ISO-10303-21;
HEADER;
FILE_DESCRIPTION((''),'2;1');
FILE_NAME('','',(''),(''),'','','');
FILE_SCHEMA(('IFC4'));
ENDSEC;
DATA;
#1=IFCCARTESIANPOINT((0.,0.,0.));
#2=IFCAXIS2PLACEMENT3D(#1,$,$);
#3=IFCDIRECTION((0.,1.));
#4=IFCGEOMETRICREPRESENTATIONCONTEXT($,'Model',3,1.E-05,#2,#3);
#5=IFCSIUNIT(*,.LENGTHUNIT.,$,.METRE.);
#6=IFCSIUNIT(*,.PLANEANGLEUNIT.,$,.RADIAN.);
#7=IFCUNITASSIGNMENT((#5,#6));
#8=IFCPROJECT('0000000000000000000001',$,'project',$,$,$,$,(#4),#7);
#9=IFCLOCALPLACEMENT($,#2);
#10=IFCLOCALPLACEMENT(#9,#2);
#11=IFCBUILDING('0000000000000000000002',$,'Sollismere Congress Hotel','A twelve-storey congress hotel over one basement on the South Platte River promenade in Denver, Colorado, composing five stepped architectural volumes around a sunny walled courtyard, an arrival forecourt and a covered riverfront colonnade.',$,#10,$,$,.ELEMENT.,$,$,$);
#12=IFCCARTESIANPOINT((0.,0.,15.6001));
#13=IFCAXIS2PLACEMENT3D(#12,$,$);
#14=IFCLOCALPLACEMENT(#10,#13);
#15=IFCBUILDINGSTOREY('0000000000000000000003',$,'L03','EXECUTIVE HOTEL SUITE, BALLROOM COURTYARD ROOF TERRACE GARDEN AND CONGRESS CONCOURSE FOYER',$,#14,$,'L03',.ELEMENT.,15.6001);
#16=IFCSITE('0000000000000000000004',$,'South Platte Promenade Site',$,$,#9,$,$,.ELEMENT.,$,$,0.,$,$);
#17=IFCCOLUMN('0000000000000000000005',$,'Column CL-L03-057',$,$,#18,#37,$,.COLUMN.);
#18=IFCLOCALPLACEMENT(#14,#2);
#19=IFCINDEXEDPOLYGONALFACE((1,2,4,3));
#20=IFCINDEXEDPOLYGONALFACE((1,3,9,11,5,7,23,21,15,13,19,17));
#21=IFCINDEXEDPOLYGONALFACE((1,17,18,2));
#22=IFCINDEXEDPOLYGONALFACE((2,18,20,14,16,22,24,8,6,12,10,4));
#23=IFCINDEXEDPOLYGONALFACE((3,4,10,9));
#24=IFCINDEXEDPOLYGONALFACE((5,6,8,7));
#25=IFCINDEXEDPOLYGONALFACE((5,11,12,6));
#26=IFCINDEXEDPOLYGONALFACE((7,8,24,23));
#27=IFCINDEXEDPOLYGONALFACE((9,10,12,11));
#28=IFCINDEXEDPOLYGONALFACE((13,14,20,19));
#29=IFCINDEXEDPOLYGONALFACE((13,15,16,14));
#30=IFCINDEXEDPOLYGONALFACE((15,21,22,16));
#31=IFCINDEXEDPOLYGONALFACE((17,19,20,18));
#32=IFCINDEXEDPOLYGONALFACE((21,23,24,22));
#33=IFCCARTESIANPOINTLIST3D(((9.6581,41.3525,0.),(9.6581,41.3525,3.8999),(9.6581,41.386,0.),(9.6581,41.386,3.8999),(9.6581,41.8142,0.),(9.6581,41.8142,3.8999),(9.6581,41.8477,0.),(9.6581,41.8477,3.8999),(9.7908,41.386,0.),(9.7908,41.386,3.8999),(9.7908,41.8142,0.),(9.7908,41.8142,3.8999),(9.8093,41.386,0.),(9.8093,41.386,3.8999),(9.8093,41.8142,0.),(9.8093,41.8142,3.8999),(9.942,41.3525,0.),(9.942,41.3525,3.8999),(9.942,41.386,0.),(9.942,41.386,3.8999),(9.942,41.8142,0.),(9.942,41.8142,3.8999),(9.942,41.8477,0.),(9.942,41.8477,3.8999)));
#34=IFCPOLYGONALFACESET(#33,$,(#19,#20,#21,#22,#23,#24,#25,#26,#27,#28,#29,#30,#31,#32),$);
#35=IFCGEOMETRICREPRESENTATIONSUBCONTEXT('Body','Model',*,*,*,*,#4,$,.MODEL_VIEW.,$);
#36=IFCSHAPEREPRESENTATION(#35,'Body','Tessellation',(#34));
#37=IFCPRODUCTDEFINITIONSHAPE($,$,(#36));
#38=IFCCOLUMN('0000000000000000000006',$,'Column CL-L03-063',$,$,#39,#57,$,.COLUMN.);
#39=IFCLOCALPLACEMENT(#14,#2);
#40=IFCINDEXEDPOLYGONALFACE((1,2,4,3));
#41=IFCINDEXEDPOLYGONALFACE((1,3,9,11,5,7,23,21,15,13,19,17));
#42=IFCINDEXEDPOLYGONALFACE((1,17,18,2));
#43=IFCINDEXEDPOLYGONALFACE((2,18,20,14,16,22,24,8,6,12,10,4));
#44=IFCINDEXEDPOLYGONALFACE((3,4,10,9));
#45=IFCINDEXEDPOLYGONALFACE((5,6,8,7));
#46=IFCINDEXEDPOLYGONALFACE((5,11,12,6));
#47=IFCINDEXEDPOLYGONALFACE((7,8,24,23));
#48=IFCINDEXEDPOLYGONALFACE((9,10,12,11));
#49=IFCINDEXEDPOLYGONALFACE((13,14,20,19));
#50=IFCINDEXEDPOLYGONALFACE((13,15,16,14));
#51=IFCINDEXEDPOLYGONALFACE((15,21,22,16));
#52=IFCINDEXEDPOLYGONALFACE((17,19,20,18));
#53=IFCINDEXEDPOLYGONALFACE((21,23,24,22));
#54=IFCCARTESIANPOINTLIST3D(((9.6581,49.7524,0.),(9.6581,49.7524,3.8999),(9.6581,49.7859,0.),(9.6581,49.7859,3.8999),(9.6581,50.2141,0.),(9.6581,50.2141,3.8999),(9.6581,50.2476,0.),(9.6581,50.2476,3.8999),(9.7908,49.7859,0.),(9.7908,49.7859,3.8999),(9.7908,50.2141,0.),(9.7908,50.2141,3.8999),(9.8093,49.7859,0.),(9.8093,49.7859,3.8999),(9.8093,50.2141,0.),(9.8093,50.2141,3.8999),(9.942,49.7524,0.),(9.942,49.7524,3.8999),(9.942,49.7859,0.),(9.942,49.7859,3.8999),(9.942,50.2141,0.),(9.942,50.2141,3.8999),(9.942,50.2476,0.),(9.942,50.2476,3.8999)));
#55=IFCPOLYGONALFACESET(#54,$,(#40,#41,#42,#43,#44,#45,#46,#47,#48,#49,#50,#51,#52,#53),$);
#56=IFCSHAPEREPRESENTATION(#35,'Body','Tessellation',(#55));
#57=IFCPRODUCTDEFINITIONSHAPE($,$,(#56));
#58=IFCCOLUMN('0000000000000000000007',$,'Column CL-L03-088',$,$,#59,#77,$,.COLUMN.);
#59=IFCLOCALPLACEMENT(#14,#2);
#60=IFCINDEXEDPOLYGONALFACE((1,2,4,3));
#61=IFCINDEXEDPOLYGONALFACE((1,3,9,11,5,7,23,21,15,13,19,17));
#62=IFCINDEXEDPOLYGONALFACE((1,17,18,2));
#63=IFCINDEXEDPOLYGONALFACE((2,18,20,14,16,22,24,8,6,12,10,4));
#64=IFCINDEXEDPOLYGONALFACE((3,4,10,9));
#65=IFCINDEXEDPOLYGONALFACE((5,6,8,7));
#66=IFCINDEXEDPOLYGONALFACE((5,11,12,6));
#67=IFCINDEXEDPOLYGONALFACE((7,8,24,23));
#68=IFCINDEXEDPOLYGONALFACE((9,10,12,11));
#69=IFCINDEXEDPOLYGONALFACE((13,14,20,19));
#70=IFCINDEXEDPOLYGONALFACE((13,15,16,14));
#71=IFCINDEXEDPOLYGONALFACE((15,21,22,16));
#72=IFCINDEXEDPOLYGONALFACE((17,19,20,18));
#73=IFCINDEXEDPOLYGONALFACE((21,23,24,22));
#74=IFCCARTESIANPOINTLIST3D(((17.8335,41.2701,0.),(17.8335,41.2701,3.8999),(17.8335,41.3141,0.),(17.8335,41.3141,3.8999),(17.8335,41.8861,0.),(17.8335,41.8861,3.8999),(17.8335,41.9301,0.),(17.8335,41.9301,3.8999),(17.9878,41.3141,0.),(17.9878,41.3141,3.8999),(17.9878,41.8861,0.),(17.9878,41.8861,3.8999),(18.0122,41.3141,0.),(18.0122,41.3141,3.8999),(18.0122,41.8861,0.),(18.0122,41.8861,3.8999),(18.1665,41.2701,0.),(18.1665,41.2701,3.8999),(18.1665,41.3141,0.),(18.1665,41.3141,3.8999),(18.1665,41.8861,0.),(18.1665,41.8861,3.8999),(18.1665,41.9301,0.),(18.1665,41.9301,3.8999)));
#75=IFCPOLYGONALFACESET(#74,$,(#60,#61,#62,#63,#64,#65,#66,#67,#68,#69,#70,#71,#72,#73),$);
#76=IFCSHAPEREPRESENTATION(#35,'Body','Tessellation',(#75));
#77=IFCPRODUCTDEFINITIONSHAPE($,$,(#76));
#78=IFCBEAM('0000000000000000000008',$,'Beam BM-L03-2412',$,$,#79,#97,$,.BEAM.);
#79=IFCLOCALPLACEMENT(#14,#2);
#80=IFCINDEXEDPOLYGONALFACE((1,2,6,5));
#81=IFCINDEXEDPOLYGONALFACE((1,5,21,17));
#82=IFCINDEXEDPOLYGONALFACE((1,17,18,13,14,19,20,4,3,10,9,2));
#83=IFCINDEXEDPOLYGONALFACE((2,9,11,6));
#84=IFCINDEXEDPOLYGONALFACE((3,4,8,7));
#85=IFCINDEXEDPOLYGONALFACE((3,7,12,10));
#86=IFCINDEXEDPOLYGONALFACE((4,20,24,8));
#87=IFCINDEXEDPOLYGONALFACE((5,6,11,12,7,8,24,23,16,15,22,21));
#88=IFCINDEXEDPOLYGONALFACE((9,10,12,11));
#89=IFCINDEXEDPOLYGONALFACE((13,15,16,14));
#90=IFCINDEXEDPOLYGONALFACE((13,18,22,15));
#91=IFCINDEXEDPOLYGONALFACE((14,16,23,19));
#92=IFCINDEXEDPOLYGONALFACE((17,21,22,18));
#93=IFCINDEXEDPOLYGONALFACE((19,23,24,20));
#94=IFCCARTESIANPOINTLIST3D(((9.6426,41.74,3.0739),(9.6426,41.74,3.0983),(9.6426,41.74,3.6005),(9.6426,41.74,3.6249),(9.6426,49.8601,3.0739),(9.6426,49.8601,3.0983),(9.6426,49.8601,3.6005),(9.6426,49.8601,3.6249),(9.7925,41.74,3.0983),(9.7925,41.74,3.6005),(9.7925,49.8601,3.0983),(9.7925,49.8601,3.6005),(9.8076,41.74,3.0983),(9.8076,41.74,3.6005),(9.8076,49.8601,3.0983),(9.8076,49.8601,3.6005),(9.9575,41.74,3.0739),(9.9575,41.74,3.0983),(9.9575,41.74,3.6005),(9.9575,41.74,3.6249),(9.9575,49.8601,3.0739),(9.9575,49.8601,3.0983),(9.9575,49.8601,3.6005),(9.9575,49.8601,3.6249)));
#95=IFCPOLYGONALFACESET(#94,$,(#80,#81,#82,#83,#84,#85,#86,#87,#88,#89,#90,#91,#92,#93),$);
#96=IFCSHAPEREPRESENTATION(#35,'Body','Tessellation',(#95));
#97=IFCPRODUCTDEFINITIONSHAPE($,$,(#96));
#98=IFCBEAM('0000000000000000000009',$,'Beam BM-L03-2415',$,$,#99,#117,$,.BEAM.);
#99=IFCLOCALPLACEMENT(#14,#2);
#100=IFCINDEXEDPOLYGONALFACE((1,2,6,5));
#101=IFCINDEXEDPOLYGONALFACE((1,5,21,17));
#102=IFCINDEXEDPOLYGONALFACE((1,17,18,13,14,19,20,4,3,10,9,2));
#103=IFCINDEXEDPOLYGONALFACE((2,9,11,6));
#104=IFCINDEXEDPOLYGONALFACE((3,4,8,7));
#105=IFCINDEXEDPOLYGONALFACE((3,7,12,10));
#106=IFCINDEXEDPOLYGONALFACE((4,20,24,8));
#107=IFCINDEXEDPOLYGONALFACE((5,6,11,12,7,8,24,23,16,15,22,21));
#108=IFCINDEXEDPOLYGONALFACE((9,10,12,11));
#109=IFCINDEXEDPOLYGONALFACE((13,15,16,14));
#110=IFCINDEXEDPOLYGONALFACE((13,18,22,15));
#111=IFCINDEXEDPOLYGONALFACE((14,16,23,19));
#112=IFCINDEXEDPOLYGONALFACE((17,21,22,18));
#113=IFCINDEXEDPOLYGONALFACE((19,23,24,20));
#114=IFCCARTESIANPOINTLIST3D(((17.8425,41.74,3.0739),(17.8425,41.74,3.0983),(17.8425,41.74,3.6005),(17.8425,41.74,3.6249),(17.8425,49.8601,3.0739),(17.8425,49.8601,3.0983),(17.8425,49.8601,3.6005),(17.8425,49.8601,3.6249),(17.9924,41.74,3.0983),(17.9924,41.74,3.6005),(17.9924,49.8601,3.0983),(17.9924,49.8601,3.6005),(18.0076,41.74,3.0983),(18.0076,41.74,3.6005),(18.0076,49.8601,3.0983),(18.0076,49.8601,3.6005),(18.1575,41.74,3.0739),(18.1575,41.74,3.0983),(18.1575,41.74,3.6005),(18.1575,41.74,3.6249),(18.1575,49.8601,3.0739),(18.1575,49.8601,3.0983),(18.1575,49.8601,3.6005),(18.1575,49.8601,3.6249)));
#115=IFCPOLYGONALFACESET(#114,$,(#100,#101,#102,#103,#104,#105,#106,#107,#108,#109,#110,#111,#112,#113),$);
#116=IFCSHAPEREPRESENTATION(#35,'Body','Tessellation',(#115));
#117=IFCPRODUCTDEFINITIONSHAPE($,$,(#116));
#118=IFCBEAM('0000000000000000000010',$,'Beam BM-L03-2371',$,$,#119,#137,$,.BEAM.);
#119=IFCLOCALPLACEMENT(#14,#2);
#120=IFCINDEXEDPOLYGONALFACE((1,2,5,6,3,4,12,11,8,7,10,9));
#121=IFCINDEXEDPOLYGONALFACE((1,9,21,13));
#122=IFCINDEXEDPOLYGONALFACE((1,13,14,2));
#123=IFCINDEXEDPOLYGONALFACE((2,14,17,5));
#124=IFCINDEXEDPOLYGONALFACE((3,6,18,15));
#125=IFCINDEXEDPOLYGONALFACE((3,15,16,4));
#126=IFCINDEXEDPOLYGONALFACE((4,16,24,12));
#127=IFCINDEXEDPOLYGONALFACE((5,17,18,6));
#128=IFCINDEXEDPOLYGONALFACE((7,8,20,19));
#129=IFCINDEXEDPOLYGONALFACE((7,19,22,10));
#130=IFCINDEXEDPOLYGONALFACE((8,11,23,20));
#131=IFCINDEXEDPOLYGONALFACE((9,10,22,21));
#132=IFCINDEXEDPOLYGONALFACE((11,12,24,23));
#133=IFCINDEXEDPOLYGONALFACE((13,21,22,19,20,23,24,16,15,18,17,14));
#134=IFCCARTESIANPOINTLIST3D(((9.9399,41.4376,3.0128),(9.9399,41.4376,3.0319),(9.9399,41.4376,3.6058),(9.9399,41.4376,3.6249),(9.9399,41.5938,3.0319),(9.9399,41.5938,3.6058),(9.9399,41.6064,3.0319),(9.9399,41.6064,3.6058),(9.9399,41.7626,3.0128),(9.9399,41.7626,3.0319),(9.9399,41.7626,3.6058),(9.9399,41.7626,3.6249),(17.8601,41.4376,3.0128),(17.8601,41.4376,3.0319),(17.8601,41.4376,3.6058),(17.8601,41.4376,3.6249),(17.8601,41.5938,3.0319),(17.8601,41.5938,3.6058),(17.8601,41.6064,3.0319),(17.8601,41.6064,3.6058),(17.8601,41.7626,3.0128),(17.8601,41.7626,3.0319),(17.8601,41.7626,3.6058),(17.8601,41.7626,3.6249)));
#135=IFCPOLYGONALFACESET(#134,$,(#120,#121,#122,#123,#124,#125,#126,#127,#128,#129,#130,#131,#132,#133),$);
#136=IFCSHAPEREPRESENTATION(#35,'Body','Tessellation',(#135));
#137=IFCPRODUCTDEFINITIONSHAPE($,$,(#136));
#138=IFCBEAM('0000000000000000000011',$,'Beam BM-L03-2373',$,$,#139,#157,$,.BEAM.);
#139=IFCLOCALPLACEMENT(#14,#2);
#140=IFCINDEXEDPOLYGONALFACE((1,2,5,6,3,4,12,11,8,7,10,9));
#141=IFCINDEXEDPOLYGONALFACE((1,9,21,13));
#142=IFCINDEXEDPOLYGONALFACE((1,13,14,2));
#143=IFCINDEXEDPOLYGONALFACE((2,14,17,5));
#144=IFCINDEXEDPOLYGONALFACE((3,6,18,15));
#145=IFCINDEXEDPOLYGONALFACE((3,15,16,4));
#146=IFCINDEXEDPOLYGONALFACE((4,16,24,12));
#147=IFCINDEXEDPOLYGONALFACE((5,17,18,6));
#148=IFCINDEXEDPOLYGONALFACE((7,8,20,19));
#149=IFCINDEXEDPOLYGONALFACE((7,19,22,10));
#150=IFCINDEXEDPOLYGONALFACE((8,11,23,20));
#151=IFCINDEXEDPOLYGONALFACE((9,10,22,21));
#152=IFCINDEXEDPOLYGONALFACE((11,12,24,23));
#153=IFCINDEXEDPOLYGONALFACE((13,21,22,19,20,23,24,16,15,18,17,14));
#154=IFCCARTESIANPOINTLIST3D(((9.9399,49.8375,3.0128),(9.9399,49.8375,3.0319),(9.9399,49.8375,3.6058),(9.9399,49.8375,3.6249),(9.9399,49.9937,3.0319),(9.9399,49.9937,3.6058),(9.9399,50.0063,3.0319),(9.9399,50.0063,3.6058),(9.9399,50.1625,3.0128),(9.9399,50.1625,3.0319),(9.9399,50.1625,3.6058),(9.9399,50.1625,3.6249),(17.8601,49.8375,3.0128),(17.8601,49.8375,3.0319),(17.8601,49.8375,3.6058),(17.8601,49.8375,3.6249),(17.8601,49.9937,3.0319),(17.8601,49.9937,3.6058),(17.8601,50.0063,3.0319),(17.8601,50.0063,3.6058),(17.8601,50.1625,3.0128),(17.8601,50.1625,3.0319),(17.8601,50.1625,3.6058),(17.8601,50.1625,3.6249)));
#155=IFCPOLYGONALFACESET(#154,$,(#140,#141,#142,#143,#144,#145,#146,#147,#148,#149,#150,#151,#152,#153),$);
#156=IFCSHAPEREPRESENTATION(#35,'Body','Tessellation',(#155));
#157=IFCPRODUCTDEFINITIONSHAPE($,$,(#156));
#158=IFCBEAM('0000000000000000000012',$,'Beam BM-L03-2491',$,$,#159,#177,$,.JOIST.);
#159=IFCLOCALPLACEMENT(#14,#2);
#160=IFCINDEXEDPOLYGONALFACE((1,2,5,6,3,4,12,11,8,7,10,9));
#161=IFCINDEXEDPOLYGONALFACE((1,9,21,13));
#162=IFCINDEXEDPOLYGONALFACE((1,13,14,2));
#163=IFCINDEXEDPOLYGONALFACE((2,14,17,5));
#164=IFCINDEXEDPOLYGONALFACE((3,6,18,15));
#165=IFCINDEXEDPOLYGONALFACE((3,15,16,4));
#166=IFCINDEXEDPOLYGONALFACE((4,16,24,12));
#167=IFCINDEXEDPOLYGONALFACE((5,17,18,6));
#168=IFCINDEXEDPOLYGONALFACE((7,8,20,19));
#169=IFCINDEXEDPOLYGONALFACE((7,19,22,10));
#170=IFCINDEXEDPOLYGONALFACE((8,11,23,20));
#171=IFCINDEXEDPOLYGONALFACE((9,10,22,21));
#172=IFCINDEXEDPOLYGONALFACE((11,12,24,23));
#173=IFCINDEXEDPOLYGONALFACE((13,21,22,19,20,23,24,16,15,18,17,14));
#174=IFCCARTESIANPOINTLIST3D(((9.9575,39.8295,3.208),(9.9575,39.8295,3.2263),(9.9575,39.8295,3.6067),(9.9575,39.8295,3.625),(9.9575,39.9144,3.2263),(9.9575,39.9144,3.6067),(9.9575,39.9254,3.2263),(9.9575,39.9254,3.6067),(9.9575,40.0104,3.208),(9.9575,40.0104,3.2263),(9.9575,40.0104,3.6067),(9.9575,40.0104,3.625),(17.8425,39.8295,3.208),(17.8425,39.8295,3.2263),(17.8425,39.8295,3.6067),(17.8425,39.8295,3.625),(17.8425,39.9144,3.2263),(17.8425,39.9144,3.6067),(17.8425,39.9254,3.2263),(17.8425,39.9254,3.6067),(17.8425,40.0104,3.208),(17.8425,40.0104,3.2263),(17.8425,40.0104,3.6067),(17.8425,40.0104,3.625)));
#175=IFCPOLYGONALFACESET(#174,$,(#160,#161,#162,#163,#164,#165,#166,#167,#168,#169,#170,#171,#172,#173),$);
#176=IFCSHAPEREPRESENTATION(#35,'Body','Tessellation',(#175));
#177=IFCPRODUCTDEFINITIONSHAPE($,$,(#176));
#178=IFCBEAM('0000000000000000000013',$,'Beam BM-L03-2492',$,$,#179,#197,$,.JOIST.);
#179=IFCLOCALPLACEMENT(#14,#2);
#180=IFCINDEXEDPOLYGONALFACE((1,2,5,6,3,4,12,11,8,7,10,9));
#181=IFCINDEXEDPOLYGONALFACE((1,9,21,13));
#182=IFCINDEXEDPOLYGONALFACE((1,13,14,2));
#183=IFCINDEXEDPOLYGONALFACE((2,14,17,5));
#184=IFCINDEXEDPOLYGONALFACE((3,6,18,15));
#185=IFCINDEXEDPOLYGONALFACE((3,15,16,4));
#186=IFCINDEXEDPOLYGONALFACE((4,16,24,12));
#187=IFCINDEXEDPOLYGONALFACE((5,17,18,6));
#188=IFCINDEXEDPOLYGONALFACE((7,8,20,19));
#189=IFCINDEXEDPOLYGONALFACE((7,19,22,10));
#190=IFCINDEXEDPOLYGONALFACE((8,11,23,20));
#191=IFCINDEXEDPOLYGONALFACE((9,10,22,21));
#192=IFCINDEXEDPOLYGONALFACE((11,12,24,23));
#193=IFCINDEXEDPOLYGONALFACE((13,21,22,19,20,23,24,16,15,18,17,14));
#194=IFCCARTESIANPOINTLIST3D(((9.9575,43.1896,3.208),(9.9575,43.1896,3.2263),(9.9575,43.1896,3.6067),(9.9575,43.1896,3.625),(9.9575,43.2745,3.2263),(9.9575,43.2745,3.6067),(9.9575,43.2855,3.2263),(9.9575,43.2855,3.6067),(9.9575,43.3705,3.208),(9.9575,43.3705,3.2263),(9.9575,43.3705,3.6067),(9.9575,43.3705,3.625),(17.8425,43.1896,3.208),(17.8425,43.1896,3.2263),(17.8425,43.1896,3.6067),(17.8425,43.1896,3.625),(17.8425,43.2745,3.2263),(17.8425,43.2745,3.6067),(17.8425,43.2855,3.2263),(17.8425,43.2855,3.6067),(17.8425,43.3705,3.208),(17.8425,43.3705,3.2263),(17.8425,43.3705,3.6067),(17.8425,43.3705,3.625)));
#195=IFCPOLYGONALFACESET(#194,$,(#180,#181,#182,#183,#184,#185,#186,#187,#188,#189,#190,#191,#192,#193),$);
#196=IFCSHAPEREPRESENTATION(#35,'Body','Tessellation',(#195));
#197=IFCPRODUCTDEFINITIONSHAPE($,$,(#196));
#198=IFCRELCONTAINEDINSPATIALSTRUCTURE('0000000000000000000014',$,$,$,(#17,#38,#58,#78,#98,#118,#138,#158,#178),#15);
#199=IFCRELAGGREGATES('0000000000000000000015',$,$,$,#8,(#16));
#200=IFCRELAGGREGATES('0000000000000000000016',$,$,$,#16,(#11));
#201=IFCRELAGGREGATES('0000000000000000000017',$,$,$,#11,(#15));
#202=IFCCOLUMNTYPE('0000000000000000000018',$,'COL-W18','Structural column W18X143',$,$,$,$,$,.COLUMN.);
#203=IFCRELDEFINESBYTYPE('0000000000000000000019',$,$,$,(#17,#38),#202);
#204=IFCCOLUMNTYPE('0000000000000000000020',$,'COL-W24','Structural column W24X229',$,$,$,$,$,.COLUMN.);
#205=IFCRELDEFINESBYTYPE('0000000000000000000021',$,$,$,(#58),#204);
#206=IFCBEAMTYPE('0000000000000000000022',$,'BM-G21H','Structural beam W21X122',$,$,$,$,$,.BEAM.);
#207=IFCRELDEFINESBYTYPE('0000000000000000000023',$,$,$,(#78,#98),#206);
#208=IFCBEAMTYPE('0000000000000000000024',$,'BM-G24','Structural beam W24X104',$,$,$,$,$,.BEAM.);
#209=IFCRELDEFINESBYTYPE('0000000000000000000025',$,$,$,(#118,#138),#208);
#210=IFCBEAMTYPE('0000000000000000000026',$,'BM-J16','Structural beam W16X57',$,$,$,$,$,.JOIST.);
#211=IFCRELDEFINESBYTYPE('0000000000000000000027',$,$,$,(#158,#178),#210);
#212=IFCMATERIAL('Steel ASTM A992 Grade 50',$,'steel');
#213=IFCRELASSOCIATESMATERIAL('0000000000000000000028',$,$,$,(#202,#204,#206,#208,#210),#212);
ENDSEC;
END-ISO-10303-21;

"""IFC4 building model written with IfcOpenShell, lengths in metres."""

from ifc_helpers import new_model, si_unit, direction, frame, origin, origin_2d, place, context, subcontext, project, spatial, i_section, extrude, material, material_profile, profile_set, type_object, element, save


model = new_model("IFC4")

# Units and contexts
model_context = context("Model", 3, precision=1e-05, world=origin(), true_north=direction((0.0, 1.0)))
body_context = subcontext(model_context, "Body", "Model", "MODEL_VIEW")
ifc_project = project(units=[si_unit("LENGTHUNIT", "METRE"), si_unit("PLANEANGLEUNIT", "RADIAN")], contexts=[model_context])

# Site, building, storey
site_placement = place(None, origin())
site = spatial("IfcSite", under=ifc_project, at=site_placement, Name="South Platte Promenade Site", CompositionType="ELEMENT", RefElevation=0.0)
building_placement = place(site_placement, origin())
building = spatial("IfcBuilding", under=site, at=building_placement, Name="Sollismere Congress Hotel", Description="A twelve-storey congress hotel over one basement on the South Platte River promenade in Denver, Colorado, composing five stepped architectural volumes around a sunny walled courtyard, an arrival forecourt and a covered riverfront colonnade.", CompositionType="ELEMENT")
storey_placement = place(building_placement, frame((0.0, 0.0, 15.6001)))
storey = spatial("IfcBuildingStorey", under=building, at=storey_placement, Name="L03", Description="EXECUTIVE HOTEL SUITE, BALLROOM COURTYARD ROOF TERRACE GARDEN AND CONGRESS CONCOURSE FOYER", LongName="L03", CompositionType="ELEMENT", Elevation=15.6001)

# Columns
ifc_material_1 = material(Name="Steel ASTM A992 Grade 50", Category="steel")
ifc_material_profile_1 = material_profile(ifc_material_1, i_section(OverallWidth=0.2839, OverallDepth=0.4951, WebThickness=0.0186, FlangeThickness=0.0334, at=origin_2d()), Name="W18X143")
ifc_profile_set_1 = profile_set([ifc_material_profile_1], Name="Steel ASTM A992 Grade 50")
column_type_1 = type_object("IfcColumnType", Name="COL-W18", Description="Structural column W18X143", PredefinedType="COLUMN", material=ifc_profile_set_1)
for number, where, z_axis, x_axis, name in (
    (1, (9.8, 41.6001, 0.0), (0.0, 0.0, 1.0), (1.0, 0.0, 0.0), "Column CL-L03-057"),
    (2, (9.8, 50.0, 0.0), (0.0, 0.0, 1.0), (1.0, 0.0, 0.0), "Column CL-L03-063"),
):
    element("IfcColumn", number, at=place(storey_placement, frame(where, z_axis=z_axis, x_axis=x_axis)), inside=storey, type_object=column_type_1, Name=name, PredefinedType="COLUMN", context=body_context, shape_type="SweptSolid", body=[
        extrude(i_section(OverallWidth=0.2839, OverallDepth=0.4951, WebThickness=0.0186, FlangeThickness=0.0334, at=origin_2d()), origin(), (0.0, 0.0, 1.0), 3.8999),
    ])
ifc_material_profile_2 = material_profile(ifc_material_1, i_section(OverallWidth=0.333, OverallDepth=0.6599, WebThickness=0.0244, FlangeThickness=0.0439, at=origin_2d()), Name="W24X229")
ifc_profile_set_2 = profile_set([ifc_material_profile_2], Name="Steel ASTM A992 Grade 50")
column_type_2 = type_object("IfcColumnType", Name="COL-W24", Description="Structural column W24X229", PredefinedType="COLUMN", material=ifc_profile_set_2)
column_placement = place(storey_placement, frame((18.0, 41.6001, 0.0), z_axis=(0.0, 0.0, 1.0), x_axis=(1.0, 0.0, 0.0)))
element("IfcColumn", 3, at=column_placement, inside=storey, type_object=column_type_2, Name="Column CL-L03-088", PredefinedType="COLUMN", context=body_context, shape_type="SweptSolid", body=[
    extrude(i_section(OverallWidth=0.333, OverallDepth=0.6599, WebThickness=0.0244, FlangeThickness=0.0439, at=origin_2d()), origin(), (0.0, 0.0, 1.0), 3.8999),
])

# Beams
ifc_material_profile_3 = material_profile(ifc_material_1, i_section(OverallWidth=0.3149, OverallDepth=0.551, WebThickness=0.0151, FlangeThickness=0.0244, at=origin_2d()), Name="W21X122")
ifc_profile_set_3 = profile_set([ifc_material_profile_3], Name="Steel ASTM A992 Grade 50")
beam_type_1 = type_object("IfcBeamType", Name="BM-G21H", Description="Structural beam W21X122", PredefinedType="BEAM", material=ifc_profile_set_3)
for number, where, z_axis, x_axis, name in (
    (4, (9.8, 41.74, 3.3494), (0.0, 1.0, 0.0), (-1.0, 0.0, 0.0), "Beam BM-L03-2412"),
    (5, (18.0, 41.74, 3.3494), (0.0, 1.0, 0.0), (-1.0, 0.0, 0.0), "Beam BM-L03-2415"),
):
    element("IfcBeam", number, at=place(storey_placement, frame(where, z_axis=z_axis, x_axis=x_axis)), inside=storey, type_object=beam_type_1, Name=name, PredefinedType="BEAM", context=body_context, shape_type="SweptSolid", body=[
        extrude(i_section(OverallWidth=0.3149, OverallDepth=0.551, WebThickness=0.0151, FlangeThickness=0.0244, at=origin_2d()), origin(), (0.0, 0.0, 1.0), 8.1201),
    ])
ifc_material_profile_4 = material_profile(ifc_material_1, i_section(OverallWidth=0.325, OverallDepth=0.6121, WebThickness=0.0127, FlangeThickness=0.019, at=origin_2d()), Name="W24X104")
ifc_profile_set_4 = profile_set([ifc_material_profile_4], Name="Steel ASTM A992 Grade 50")
beam_type_2 = type_object("IfcBeamType", Name="BM-G24", Description="Structural beam W24X104", PredefinedType="BEAM", material=ifc_profile_set_4)
for number, where, z_axis, x_axis, name in (
    (6, (9.9399, 41.6001, 3.3188), (1.0, 0.0, 0.0), (0.0, 1.0, 0.0), "Beam BM-L03-2371"),
    (7, (9.9399, 50.0, 3.3188), (1.0, 0.0, 0.0), (0.0, 1.0, 0.0), "Beam BM-L03-2373"),
):
    element("IfcBeam", number, at=place(storey_placement, frame(where, z_axis=z_axis, x_axis=x_axis)), inside=storey, type_object=beam_type_2, Name=name, PredefinedType="BEAM", context=body_context, shape_type="SweptSolid", body=[
        extrude(i_section(OverallWidth=0.325, OverallDepth=0.6121, WebThickness=0.0127, FlangeThickness=0.019, at=origin_2d()), origin(), (0.0, 0.0, 1.0), 7.9202),
    ])
ifc_material_profile_5 = material_profile(ifc_material_1, i_section(OverallWidth=0.1809, OverallDepth=0.417, WebThickness=0.011, FlangeThickness=0.0183, at=origin_2d()), Name="W16X57")
ifc_profile_set_5 = profile_set([ifc_material_profile_5], Name="Steel ASTM A992 Grade 50")
beam_type_3 = type_object("IfcBeamType", Name="BM-J16", Description="Structural beam W16X57", PredefinedType="JOIST", material=ifc_profile_set_5)
for number, where, z_axis, x_axis, name in (
    (8, (9.9575, 39.9199, 3.4165), (1.0, 0.0, 0.0), (0.0, 1.0, 0.0), "Beam BM-L03-2491"),
    (9, (9.9575, 43.28, 3.4165), (1.0, 0.0, 0.0), (0.0, 1.0, 0.0), "Beam BM-L03-2492"),
):
    element("IfcBeam", number, at=place(storey_placement, frame(where, z_axis=z_axis, x_axis=x_axis)), inside=storey, type_object=beam_type_3, Name=name, PredefinedType="JOIST", context=body_context, shape_type="SweptSolid", body=[
        extrude(i_section(OverallWidth=0.1809, OverallDepth=0.417, WebThickness=0.011, FlangeThickness=0.0183, at=origin_2d()), origin(), (0.0, 0.0, 1.0), 7.885),
    ])

save(model, "model.ifc")
